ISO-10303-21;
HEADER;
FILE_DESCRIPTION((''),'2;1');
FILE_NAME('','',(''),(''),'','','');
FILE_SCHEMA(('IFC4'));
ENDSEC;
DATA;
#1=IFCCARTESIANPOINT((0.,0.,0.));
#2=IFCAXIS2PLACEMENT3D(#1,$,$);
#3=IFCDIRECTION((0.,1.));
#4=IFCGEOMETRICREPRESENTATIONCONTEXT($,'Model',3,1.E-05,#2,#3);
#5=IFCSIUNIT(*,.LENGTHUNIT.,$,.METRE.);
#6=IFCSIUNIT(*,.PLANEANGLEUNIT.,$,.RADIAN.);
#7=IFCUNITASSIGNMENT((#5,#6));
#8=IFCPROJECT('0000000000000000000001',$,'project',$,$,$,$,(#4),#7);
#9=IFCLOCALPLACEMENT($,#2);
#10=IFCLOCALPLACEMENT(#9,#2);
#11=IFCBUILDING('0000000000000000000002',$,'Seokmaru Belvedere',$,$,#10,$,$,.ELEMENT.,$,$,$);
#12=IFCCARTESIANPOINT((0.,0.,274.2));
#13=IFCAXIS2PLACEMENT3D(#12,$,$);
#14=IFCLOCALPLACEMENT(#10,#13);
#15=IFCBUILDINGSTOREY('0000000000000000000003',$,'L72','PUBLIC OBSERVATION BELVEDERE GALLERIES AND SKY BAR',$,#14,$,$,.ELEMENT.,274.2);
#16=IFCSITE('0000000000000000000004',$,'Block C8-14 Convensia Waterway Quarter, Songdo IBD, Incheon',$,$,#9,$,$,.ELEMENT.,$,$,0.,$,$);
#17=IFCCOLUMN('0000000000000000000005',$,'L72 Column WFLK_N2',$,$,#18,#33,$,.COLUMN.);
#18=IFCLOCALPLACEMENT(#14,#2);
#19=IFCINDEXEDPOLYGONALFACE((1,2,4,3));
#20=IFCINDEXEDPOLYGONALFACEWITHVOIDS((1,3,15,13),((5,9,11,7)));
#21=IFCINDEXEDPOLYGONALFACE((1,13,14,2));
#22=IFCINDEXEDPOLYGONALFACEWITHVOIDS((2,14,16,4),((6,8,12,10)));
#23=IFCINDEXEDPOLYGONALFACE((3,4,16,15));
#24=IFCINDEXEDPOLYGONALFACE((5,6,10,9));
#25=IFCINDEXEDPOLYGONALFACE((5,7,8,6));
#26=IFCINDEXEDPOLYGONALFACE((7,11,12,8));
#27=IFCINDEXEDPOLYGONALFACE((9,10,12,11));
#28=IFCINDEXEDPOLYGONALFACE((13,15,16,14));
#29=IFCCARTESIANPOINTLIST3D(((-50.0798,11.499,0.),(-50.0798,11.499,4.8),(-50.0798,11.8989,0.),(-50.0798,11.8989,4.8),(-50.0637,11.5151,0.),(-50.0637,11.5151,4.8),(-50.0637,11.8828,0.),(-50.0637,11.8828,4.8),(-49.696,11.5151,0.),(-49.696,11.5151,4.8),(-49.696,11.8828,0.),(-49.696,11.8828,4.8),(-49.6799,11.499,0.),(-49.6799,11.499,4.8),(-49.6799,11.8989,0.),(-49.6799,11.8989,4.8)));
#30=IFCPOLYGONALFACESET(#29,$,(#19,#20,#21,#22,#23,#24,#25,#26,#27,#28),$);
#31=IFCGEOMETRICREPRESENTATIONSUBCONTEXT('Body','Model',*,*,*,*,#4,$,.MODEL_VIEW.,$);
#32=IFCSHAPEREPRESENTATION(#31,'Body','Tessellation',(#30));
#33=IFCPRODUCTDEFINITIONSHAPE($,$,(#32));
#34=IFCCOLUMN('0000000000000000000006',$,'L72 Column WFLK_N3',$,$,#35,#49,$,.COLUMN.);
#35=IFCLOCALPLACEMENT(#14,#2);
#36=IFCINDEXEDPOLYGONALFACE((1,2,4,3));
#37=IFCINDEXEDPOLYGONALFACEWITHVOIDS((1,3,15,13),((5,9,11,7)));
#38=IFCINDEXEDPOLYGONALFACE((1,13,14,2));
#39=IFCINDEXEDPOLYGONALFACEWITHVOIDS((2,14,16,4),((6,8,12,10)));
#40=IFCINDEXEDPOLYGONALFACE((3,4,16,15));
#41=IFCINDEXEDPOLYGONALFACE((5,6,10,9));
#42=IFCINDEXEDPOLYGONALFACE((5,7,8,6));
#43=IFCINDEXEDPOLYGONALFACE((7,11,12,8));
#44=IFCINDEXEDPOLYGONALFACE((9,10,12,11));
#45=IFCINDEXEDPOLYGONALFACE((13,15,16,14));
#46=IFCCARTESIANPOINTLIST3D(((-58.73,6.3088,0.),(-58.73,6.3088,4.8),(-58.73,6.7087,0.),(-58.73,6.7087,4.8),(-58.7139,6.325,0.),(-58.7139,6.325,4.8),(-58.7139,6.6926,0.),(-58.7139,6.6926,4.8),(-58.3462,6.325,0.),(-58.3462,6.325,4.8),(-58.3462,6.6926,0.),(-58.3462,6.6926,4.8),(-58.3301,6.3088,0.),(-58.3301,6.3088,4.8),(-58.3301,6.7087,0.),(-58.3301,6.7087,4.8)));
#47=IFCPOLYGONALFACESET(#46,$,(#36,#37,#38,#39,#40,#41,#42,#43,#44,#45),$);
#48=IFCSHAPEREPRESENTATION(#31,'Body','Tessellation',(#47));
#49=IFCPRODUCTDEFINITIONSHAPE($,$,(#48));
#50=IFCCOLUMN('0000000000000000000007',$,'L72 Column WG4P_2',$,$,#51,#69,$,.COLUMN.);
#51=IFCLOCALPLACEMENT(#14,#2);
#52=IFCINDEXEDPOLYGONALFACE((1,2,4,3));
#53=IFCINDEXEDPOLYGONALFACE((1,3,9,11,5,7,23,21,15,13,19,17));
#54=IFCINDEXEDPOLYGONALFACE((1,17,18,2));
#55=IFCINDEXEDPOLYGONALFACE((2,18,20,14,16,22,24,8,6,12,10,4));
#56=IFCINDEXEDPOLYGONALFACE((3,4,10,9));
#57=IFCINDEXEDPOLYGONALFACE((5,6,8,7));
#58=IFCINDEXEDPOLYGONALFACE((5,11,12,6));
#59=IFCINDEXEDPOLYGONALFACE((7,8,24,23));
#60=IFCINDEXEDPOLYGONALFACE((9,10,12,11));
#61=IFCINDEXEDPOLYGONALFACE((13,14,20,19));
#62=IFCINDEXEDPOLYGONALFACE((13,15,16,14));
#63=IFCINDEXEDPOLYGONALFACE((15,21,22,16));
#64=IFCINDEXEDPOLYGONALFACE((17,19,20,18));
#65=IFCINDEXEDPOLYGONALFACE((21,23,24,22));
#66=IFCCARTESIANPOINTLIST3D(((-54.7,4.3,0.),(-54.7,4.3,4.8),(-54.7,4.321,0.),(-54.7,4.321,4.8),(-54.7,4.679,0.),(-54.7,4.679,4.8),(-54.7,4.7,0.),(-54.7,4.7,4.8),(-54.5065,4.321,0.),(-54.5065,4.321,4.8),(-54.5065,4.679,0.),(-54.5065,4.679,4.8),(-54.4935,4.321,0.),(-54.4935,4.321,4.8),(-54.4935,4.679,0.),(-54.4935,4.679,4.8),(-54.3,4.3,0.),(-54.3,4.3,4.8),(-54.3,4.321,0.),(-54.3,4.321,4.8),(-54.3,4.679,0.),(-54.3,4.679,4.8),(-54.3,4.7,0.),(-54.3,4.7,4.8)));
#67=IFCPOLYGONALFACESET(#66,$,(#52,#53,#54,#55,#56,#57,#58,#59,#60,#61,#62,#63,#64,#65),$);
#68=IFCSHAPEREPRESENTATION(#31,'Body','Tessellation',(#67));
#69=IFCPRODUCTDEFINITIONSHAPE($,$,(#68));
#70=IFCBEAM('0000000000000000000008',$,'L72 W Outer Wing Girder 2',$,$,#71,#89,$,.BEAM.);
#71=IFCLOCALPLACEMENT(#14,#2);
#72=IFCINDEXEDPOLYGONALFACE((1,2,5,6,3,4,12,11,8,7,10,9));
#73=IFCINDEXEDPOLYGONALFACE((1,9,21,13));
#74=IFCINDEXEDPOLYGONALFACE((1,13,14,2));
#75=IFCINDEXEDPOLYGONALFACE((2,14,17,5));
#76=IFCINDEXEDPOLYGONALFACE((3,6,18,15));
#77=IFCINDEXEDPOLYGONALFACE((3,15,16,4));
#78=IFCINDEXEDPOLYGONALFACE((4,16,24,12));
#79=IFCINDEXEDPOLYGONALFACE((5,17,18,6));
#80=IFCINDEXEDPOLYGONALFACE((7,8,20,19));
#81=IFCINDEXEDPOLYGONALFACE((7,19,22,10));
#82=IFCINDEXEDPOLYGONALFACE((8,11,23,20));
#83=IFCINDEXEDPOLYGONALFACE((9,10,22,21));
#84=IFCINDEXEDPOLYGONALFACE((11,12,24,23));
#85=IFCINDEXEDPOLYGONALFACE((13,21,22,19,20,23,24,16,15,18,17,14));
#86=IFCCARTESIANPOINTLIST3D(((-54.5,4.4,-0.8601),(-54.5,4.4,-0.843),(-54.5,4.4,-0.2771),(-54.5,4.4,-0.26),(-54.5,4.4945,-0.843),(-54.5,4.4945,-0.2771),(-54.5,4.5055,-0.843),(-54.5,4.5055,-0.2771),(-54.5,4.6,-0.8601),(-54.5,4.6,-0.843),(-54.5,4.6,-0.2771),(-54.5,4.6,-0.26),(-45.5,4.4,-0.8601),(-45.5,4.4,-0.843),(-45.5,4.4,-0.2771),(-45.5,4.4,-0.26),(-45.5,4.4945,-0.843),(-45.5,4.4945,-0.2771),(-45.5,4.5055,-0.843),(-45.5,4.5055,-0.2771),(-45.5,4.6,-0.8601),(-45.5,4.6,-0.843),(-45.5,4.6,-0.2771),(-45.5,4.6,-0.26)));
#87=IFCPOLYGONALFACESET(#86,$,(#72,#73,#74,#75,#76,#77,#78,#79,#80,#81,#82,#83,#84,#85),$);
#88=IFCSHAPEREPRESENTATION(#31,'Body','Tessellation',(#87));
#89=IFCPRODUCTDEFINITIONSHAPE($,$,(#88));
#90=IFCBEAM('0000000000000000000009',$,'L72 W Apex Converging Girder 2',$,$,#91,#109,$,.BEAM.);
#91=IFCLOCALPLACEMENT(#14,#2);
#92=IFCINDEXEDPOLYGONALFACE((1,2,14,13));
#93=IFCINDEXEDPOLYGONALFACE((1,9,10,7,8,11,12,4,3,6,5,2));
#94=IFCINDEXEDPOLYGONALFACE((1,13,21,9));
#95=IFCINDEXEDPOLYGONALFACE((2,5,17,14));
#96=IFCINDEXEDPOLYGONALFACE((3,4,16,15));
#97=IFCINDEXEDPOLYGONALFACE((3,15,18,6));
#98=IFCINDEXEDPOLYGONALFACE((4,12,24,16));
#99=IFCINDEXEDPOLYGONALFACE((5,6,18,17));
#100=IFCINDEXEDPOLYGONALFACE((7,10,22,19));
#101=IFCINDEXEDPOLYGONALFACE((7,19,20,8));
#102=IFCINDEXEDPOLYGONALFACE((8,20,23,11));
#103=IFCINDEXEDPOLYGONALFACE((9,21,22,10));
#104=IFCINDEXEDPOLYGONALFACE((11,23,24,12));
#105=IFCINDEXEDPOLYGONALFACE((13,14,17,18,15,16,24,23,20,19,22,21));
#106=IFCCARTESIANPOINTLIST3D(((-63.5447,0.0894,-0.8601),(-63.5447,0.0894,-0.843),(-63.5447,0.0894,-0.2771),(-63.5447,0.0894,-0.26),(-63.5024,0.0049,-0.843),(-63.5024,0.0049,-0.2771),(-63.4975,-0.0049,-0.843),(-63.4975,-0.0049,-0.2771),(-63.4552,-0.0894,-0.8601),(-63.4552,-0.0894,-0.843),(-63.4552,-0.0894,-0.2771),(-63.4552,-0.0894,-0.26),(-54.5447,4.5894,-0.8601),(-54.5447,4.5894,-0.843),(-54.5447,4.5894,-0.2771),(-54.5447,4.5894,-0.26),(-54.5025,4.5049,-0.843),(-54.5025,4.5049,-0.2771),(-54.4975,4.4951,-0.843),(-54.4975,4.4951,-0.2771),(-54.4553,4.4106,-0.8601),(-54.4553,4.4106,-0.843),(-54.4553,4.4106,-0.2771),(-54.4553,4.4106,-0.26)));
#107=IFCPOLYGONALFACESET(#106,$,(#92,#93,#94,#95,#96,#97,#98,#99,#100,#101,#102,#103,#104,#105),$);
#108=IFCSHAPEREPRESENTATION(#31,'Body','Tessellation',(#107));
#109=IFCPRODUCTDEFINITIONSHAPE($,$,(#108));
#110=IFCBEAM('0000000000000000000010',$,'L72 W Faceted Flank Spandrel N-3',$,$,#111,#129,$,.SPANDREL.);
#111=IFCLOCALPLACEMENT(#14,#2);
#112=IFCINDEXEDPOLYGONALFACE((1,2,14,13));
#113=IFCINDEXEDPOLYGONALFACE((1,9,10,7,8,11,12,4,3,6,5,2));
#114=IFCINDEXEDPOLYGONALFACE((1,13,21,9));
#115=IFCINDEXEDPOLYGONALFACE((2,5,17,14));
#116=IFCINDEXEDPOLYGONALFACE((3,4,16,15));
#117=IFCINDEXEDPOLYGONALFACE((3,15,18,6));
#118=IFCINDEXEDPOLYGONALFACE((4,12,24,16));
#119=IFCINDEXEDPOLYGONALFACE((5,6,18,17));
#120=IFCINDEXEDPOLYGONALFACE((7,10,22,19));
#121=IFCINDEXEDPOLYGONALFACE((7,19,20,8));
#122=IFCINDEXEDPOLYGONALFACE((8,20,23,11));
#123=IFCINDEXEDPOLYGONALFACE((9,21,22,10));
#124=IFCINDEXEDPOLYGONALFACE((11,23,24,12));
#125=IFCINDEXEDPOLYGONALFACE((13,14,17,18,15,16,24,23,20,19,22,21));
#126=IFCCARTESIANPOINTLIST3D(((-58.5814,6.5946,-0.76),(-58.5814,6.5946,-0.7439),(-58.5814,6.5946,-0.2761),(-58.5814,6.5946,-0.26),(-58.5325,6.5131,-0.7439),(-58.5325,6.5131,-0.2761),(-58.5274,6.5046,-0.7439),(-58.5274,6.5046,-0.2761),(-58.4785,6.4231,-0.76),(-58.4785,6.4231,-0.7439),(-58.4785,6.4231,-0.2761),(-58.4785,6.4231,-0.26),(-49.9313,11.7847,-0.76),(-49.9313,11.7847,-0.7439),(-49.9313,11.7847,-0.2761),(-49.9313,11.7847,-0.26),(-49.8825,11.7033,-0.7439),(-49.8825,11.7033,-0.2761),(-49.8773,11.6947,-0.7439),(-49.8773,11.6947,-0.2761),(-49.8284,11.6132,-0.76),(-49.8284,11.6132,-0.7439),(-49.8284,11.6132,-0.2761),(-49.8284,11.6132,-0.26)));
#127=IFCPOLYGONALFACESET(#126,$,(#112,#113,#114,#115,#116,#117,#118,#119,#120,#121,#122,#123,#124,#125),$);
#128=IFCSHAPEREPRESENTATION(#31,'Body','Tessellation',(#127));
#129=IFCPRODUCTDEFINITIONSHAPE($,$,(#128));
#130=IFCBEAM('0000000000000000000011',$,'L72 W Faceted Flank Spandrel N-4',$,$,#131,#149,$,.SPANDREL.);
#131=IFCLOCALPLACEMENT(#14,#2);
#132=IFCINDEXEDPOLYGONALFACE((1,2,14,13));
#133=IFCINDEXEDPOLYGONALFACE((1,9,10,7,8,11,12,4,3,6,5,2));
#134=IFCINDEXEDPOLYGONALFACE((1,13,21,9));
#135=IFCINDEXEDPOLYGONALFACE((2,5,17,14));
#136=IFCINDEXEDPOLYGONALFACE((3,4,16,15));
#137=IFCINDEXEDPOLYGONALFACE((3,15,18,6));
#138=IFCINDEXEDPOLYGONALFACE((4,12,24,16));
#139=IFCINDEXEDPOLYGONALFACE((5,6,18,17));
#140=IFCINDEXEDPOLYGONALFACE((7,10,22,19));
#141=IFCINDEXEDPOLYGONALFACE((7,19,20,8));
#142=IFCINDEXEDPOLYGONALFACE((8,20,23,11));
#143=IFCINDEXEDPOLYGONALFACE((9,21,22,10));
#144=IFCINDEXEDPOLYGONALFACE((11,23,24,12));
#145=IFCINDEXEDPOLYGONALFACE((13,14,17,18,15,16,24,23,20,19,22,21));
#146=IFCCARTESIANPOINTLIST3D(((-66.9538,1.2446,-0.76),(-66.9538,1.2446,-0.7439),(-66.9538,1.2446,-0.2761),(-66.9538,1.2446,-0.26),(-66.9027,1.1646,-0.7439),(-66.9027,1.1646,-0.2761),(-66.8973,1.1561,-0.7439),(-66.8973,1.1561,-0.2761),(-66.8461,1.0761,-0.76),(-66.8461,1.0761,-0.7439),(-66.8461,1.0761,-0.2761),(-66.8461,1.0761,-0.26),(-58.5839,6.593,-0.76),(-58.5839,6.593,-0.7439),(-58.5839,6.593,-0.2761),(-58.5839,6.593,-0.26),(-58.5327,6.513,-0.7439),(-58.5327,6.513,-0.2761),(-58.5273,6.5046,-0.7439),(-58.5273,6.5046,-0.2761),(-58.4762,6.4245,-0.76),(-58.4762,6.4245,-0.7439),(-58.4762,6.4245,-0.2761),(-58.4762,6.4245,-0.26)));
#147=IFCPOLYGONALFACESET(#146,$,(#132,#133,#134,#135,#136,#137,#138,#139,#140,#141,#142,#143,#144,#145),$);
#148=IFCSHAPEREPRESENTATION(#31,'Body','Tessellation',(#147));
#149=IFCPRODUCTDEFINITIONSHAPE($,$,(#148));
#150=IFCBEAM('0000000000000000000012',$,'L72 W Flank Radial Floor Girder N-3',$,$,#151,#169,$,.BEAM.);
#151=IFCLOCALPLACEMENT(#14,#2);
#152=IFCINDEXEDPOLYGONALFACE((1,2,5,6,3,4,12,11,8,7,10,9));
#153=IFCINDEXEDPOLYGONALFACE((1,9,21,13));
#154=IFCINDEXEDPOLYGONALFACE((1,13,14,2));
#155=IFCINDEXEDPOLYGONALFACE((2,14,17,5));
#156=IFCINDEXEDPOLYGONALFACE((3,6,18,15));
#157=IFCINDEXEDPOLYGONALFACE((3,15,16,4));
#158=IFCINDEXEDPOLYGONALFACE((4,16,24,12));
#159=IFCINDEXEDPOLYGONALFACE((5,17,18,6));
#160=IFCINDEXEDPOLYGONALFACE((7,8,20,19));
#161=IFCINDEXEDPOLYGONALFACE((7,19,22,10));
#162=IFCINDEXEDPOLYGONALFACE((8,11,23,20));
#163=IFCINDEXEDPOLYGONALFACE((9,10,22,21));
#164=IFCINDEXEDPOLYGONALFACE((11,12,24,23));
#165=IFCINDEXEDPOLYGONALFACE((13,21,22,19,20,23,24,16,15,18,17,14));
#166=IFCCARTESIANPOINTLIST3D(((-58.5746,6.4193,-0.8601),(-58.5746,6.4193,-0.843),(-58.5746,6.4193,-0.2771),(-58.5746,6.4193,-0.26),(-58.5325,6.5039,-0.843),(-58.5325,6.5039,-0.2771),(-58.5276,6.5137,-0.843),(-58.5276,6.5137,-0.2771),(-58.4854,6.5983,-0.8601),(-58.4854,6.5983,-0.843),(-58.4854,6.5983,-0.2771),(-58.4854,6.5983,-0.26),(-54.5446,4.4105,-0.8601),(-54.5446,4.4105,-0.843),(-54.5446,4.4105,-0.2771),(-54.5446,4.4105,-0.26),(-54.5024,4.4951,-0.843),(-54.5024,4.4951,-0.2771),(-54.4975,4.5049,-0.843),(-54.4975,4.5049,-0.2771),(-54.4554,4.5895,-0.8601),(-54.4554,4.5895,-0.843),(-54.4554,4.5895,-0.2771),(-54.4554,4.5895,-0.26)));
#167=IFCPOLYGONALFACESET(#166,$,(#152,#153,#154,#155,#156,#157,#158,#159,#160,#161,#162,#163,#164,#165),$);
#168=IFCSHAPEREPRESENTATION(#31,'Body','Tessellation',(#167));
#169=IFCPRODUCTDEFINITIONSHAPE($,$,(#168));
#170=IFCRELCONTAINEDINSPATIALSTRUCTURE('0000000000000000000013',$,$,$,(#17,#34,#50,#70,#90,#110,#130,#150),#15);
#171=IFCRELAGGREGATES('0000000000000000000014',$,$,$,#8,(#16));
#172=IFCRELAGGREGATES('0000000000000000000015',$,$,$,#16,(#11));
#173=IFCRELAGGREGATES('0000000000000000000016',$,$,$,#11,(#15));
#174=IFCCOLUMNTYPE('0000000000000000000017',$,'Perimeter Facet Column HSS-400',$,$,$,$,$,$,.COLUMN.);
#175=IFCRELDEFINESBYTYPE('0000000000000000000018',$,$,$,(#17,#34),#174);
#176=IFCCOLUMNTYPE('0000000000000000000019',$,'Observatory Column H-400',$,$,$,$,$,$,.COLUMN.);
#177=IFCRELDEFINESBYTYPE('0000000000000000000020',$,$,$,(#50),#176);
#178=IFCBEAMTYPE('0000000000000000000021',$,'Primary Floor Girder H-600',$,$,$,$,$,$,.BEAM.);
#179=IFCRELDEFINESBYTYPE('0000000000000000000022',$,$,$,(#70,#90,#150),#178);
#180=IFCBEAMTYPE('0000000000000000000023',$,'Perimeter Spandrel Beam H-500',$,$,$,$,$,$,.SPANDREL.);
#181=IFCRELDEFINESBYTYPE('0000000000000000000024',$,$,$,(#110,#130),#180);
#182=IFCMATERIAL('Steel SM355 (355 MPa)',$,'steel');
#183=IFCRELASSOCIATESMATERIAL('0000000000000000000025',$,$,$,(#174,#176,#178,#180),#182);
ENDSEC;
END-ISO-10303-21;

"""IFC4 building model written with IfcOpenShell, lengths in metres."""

from ifc_helpers import new_model, si_unit, direction, frame, origin, origin_2d, place, context, subcontext, project, spatial, hollow_rectangle, i_section, extrude, source, transform, mapped, material, material_profile, profile_set, type_object, type_shapes, element, save


model = new_model("IFC4")

# Units and contexts
model_context = context("Model", 3, precision=1e-05, world=origin(), true_north=direction((0.0, 1.0)))
body_context = subcontext(model_context, "Body", "Model", "MODEL_VIEW")
ifc_project = project(units=[si_unit("LENGTHUNIT", "METRE"), si_unit("PLANEANGLEUNIT", "RADIAN")], contexts=[model_context])

# Site, building, storey
site_placement = place(None, origin())
site = spatial("IfcSite", under=ifc_project, at=site_placement, Name="Block C8-14 Convensia Waterway Quarter, Songdo IBD, Incheon", CompositionType="ELEMENT", RefElevation=0.0)
building_placement = place(site_placement, origin())
building = spatial("IfcBuilding", under=site, at=building_placement, Name="Seokmaru Belvedere", CompositionType="ELEMENT")
storey_placement = place(building_placement, frame((0.0, 0.0, 274.2)))
storey = spatial("IfcBuildingStorey", under=building, at=storey_placement, Name="L72", Description="PUBLIC OBSERVATION BELVEDERE GALLERIES AND SKY BAR", CompositionType="ELEMENT", Elevation=274.2)

# Columns
ifc_material_1 = material(Name="Steel SM355 (355 MPa)", Category="steel")
ifc_material_profile_1 = material_profile(ifc_material_1, hollow_rectangle(XDim=0.3999, YDim=0.3999, WallThickness=0.0161, at=origin_2d()), Name="HSS-400x400x16")
ifc_profile_set_1 = profile_set([ifc_material_profile_1], Name="Steel SM355 (355 MPa)")
column_type_1 = type_object("IfcColumnType", Name="Perimeter Facet Column HSS-400", PredefinedType="COLUMN", material=ifc_profile_set_1)
shared_shape_1 = source(origin(), body_context, "Body", "SweptSolid", [
    extrude(hollow_rectangle(XDim=0.3999, YDim=0.3999, WallThickness=0.0161, at=origin_2d()), origin(), (0.0, 0.0, 1.0), 4.8),
])
type_shapes(column_type_1, [shared_shape_1])
for number, where, z_axis, x_axis, name in (
    (1, (-49.8799, 11.699, 0.0), (0.0, 0.0, 1.0), (1.0, 0.0, 0.0), "L72 Column WFLK_N2"),
    (2, (-58.53, 6.5088, 0.0), (0.0, 0.0, 1.0), (1.0, 0.0, 0.0), "L72 Column WFLK_N3"),
):
    element("IfcColumn", number, at=place(storey_placement, frame(where, z_axis=z_axis, x_axis=x_axis)), inside=storey, type_object=column_type_1, Name=name, PredefinedType="COLUMN", context=body_context, shape_type="MappedRepresentation", body=[
        mapped(shared_shape_1, transform((0.0, 0.0, 0.0), scale=1.0)),
    ])
ifc_material_profile_2 = material_profile(ifc_material_1, i_section(OverallWidth=0.3999, OverallDepth=0.3999, WebThickness=0.0129, FlangeThickness=0.021, at=origin_2d()), Name="H-400x400x13x21")
ifc_profile_set_2 = profile_set([ifc_material_profile_2], Name="Steel SM355 (355 MPa)")
column_type_2 = type_object("IfcColumnType", Name="Observatory Column H-400", PredefinedType="COLUMN", material=ifc_profile_set_2)
shared_shape_2 = source(origin(), body_context, "Body", "SweptSolid", [
    extrude(i_section(OverallWidth=0.3999, OverallDepth=0.3999, WebThickness=0.0129, FlangeThickness=0.021, at=origin_2d()), origin(), (0.0, 0.0, 1.0), 4.8),
])
type_shapes(column_type_2, [shared_shape_2])
column_placement = place(storey_placement, frame((-54.5, 4.5, 0.0), z_axis=(0.0, 0.0, 1.0), x_axis=(1.0, 0.0, 0.0)))
element("IfcColumn", 3, at=column_placement, inside=storey, type_object=column_type_2, Name="L72 Column WG4P_2", PredefinedType="COLUMN", context=body_context, shape_type="MappedRepresentation", body=[
    mapped(shared_shape_2, transform((0.0, 0.0, 0.0), scale=1.0)),
])

# Beams
ifc_material_profile_3 = material_profile(ifc_material_1, i_section(OverallWidth=0.2, OverallDepth=0.6001, WebThickness=0.011, FlangeThickness=0.0171, at=origin_2d()), Name="H-600x200x11x17")
ifc_profile_set_3 = profile_set([ifc_material_profile_3], Name="Steel SM355 (355 MPa)")
beam_type_1 = type_object("IfcBeamType", Name="Primary Floor Girder H-600", PredefinedType="BEAM", material=ifc_profile_set_3)
shared_shape_3 = source(origin(), body_context, "Body", "SweptSolid", [
    extrude(i_section(OverallWidth=0.2, OverallDepth=0.6001, WebThickness=0.011, FlangeThickness=0.0171, at=origin_2d()), origin(), (0.0, 0.0, 1.0), 9.0),
])
beam_1_placement = place(storey_placement, frame((-54.5, 4.5, -0.5601), z_axis=(1.0, 0.0, 0.0), x_axis=(0.0, 1.0, 0.0)))
element("IfcBeam", 4, at=beam_1_placement, inside=storey, type_object=beam_type_1, Name="L72 W Outer Wing Girder 2", PredefinedType="BEAM", context=body_context, shape_type="MappedRepresentation", body=[
    mapped(shared_shape_3, transform((0.0, 0.0, 0.0), scale=1.0)),
])
shared_shape_4 = source(origin(), body_context, "Body", "SweptSolid", [
    extrude(i_section(OverallWidth=0.2, OverallDepth=0.6001, WebThickness=0.011, FlangeThickness=0.0171, at=origin_2d()), origin(), (0.0, 0.0, 1.0), 10.0623),
])
beam_2_placement = place(storey_placement, frame((-54.5, 4.5, -0.5601), z_axis=(-0.894427, -0.447214, 0.0), x_axis=(0.447214, -0.894427, 0.0)))
element("IfcBeam", 5, at=beam_2_placement, inside=storey, type_object=beam_type_1, Name="L72 W Apex Converging Girder 2", PredefinedType="BEAM", context=body_context, shape_type="MappedRepresentation", body=[
    mapped(shared_shape_4, transform((0.0, 0.0, 0.0), scale=1.0)),
])
ifc_material_profile_4 = material_profile(ifc_material_1, i_section(OverallWidth=0.2, OverallDepth=0.5, WebThickness=0.01, FlangeThickness=0.0161, at=origin_2d()), Name="H-500x200x10x16")
ifc_profile_set_4 = profile_set([ifc_material_profile_4], Name="Steel SM355 (355 MPa)")
beam_type_2 = type_object("IfcBeamType", Name="Perimeter Spandrel Beam H-500", PredefinedType="SPANDREL", material=ifc_profile_set_4)
shared_shape_5 = source(origin(), body_context, "Body", "SweptSolid", [
    extrude(i_section(OverallWidth=0.2, OverallDepth=0.5, WebThickness=0.01, FlangeThickness=0.0161, at=origin_2d()), origin(), (0.0, 0.0, 1.0), 10.0876),
])
beam_3_placement = place(storey_placement, frame((-49.8799, 11.699, -0.51), z_axis=(-0.857489, -0.514503, 0.0), x_axis=(0.514503, -0.857489, 0.0)))
element("IfcBeam", 6, at=beam_3_placement, inside=storey, type_object=beam_type_2, Name="L72 W Faceted Flank Spandrel N-3", PredefinedType="SPANDREL", context=body_context, shape_type="MappedRepresentation", body=[
    mapped(shared_shape_5, transform((0.0, 0.0, 0.0), scale=1.0)),
])
shared_shape_6 = source(origin(), body_context, "Body", "SweptSolid", [
    extrude(i_section(OverallWidth=0.2, OverallDepth=0.5, WebThickness=0.01, FlangeThickness=0.0161, at=origin_2d()), origin(), (0.0, 0.0, 1.0), 9.9329),
])
type_shapes(beam_type_2, [shared_shape_5, shared_shape_6])
beam_4_placement = place(storey_placement, frame((-58.53, 6.5088, -0.51), z_axis=(-0.842652, -0.538459, 0.0), x_axis=(0.538459, -0.842652, 0.0)))
element("IfcBeam", 7, at=beam_4_placement, inside=storey, type_object=beam_type_2, Name="L72 W Faceted Flank Spandrel N-4", PredefinedType="SPANDREL", context=body_context, shape_type="MappedRepresentation", body=[
    mapped(shared_shape_6, transform((0.0, 0.0, 0.0), scale=1.0)),
])
shared_shape_7 = source(origin(), body_context, "Body", "SweptSolid", [
    extrude(i_section(OverallWidth=0.2, OverallDepth=0.6001, WebThickness=0.011, FlangeThickness=0.0171, at=origin_2d()), origin(), (0.0, 0.0, 1.0), 4.5029),
])
type_shapes(beam_type_1, [shared_shape_3, shared_shape_4, shared_shape_7])
beam_5_placement = place(storey_placement, frame((-58.53, 6.5088, -0.5601), z_axis=(0.89498, -0.446107, 0.0), x_axis=(0.446107, 0.89498, 0.0)))
element("IfcBeam", 8, at=beam_5_placement, inside=storey, type_object=beam_type_1, Name="L72 W Flank Radial Floor Girder N-3", PredefinedType="BEAM", context=body_context, shape_type="MappedRepresentation", body=[
    mapped(shared_shape_7, transform((0.0, 0.0, 0.0), scale=1.0)),
])

save(model, "model.ifc")
